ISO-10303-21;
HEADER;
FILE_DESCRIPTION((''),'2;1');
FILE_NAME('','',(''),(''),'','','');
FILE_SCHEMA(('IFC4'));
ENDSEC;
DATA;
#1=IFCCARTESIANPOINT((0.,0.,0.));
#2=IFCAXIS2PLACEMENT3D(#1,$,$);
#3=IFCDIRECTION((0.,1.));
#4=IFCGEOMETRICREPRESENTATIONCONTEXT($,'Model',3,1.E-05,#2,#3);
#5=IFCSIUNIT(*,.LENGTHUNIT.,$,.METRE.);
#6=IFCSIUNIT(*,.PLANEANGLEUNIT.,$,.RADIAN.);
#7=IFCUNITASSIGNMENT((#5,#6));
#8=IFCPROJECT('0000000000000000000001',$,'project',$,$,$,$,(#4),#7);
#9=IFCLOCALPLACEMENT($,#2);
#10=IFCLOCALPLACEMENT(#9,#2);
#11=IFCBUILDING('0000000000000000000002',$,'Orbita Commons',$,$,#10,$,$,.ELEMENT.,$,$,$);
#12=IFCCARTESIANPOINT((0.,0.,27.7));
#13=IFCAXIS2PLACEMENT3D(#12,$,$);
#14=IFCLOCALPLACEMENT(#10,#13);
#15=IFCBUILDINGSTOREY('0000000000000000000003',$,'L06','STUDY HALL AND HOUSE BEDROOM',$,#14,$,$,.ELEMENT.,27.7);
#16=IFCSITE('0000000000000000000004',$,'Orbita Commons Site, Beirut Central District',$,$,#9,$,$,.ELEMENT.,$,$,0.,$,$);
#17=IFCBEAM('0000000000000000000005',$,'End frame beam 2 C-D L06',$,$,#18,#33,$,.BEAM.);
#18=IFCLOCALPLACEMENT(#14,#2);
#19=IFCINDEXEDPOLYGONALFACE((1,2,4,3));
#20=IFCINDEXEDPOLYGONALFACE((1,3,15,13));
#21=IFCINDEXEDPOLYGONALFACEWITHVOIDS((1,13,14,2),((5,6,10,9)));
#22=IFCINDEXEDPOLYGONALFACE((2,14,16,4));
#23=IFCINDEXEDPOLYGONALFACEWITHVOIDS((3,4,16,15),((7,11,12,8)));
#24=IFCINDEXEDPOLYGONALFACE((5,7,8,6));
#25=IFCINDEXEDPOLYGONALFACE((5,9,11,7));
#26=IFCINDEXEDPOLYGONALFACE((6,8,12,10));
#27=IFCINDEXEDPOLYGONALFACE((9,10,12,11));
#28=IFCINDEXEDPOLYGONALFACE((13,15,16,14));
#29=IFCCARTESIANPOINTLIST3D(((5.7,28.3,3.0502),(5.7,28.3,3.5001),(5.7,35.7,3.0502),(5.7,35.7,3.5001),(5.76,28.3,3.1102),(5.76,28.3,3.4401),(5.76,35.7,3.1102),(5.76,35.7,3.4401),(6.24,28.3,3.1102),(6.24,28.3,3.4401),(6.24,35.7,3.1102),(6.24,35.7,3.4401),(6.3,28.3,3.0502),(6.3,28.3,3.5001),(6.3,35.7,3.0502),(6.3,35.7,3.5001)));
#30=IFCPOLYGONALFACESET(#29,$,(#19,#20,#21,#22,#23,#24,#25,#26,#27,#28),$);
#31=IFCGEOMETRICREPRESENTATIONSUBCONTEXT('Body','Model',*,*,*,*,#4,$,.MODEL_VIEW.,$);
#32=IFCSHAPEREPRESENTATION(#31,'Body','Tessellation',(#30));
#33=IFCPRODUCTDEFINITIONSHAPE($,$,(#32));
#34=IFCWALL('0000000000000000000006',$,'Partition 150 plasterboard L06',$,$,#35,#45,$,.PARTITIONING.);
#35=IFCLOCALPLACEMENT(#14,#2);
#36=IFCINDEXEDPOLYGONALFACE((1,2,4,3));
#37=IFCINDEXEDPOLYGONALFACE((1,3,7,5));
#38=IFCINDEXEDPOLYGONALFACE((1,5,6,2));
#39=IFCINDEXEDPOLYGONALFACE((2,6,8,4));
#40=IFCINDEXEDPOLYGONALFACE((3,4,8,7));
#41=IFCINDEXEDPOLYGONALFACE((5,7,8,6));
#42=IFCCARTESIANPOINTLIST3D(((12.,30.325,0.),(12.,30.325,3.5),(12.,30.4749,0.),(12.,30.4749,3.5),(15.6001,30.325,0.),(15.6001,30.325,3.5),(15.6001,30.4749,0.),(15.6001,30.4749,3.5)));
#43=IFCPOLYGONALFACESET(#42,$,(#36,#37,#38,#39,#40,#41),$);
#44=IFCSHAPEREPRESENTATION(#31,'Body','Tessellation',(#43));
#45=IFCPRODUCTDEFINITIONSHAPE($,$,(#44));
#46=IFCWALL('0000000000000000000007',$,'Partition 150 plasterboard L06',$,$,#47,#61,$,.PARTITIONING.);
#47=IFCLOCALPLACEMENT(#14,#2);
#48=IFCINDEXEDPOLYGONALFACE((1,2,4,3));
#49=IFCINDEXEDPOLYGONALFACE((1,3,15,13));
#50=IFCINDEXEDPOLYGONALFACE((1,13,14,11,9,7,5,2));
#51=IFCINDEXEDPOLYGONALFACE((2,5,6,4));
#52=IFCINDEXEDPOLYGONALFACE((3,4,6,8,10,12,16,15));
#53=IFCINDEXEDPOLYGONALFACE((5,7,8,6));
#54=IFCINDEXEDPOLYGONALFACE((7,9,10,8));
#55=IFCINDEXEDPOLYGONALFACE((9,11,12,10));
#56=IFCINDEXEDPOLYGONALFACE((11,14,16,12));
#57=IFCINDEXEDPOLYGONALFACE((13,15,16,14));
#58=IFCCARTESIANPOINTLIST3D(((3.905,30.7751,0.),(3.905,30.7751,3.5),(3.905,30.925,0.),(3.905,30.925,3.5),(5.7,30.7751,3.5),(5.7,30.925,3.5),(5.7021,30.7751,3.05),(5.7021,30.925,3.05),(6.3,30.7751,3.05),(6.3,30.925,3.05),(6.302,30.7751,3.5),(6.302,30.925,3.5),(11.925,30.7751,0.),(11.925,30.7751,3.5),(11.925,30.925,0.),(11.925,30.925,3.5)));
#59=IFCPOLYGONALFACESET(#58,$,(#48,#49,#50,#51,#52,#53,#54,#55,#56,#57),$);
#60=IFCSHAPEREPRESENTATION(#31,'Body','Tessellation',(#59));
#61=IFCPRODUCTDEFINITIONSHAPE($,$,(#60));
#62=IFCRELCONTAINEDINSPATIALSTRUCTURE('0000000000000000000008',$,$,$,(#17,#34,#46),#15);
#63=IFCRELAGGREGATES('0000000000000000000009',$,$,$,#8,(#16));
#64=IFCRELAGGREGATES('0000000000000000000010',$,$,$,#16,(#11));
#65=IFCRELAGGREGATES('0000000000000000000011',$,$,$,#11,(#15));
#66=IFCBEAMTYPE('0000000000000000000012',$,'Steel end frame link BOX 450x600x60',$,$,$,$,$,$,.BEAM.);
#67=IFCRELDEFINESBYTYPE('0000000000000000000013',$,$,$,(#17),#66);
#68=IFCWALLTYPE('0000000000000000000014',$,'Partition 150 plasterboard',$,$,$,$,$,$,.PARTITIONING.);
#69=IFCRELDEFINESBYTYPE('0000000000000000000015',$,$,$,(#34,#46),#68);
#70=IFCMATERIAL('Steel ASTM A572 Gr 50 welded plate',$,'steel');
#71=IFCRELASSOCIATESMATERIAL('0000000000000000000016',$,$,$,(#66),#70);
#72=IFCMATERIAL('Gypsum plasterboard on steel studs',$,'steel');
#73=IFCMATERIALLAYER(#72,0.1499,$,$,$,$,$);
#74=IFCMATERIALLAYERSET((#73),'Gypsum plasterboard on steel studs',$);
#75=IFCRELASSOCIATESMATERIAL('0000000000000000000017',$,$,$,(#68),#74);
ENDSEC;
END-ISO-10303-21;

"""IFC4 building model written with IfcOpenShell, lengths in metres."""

from ifc_helpers import new_model, si_unit, direction, frame, frame_2d, origin, origin_2d, place, context, subcontext, project, spatial, polyline, rectangle, hollow_rectangle, outline, extrude, material, layer, layer_set, material_profile, profile_set, type_object, element, save


model = new_model("IFC4")

# Units and contexts
model_context = context("Model", 3, precision=1e-05, world=origin(), true_north=direction((0.0, 1.0)))
body_context = subcontext(model_context, "Body", "Model", "MODEL_VIEW")
ifc_project = project(units=[si_unit("LENGTHUNIT", "METRE"), si_unit("PLANEANGLEUNIT", "RADIAN")], contexts=[model_context])

# Site, building, storey
site_placement = place(None, origin())
site = spatial("IfcSite", under=ifc_project, at=site_placement, Name="Orbita Commons Site, Beirut Central District", CompositionType="ELEMENT", RefElevation=0.0)
building_placement = place(site_placement, origin())
building = spatial("IfcBuilding", under=site, at=building_placement, Name="Orbita Commons", CompositionType="ELEMENT")
storey_placement = place(building_placement, frame((0.0, 0.0, 27.7)))
storey = spatial("IfcBuildingStorey", under=building, at=storey_placement, Name="L06", Description="STUDY HALL AND HOUSE BEDROOM", CompositionType="ELEMENT", Elevation=27.7)

# Beam
ifc_material_1 = material(Name="Steel ASTM A572 Gr 50 welded plate", Category="steel")
ifc_material_profile = material_profile(ifc_material_1, hollow_rectangle(XDim=0.6001, YDim=0.45, WallThickness=0.0601, at=origin_2d()), Name="BOX 450x600x60")
ifc_profile_set = profile_set([ifc_material_profile], Name="Steel ASTM A572 Gr 50 welded plate")
beam_type = type_object("IfcBeamType", Name="Steel end frame link BOX 450x600x60", PredefinedType="BEAM", material=ifc_profile_set)
beam_placement = place(storey_placement, frame((6.0, 28.3, 3.2751), z_axis=(0.0, 1.0, 0.0), x_axis=(-1.0, 0.0, 0.0)))
element("IfcBeam", 1, at=beam_placement, inside=storey, type_object=beam_type, Name="End frame beam 2 C-D L06", PredefinedType="BEAM", context=body_context, shape_type="SweptSolid", body=[
    extrude(hollow_rectangle(XDim=0.6001, YDim=0.45, WallThickness=0.0601, at=origin_2d()), origin(), (0.0, 0.0, 1.0), 7.3999),
])

# Walls
ifc_material_2 = material(Name="Gypsum plasterboard on steel studs", Category="steel")
ifc_layer_1 = layer(ifc_material_2, 0.1499)
ifc_layer_set_1 = layer_set([ifc_layer_1], Name="Gypsum plasterboard on steel studs")
wall_type_1 = type_object("IfcWallType", Name="Partition 150 plasterboard", PredefinedType="PARTITIONING", material=ifc_layer_set_1)
wall_1_placement = place(storey_placement, frame((12.0, 30.3999, 0.0), z_axis=(0.0, 0.0, 1.0), x_axis=(1.0, 0.0, 0.0)))
element("IfcWall", 2, at=wall_1_placement, inside=storey, type_object=wall_type_1, Name="Partition 150 plasterboard L06", PredefinedType="PARTITIONING", context=body_context, shape_type="SweptSolid", body=[
    extrude(rectangle(XDim=3.6001, YDim=0.1499, at=frame_2d((1.8, 0.0))), origin(), (0.0, 0.0, 1.0), 3.5),
])
wall_2_placement = place(storey_placement, frame((3.905, 30.8501, 0.0), z_axis=(0.0, 0.0, 1.0), x_axis=(1.0, 0.0, 0.0)))
element("IfcWall", 3, at=wall_2_placement, inside=storey, type_object=wall_type_1, Name="Partition 150 plasterboard L06", PredefinedType="PARTITIONING", context=body_context, shape_type="SweptSolid", body=[
    extrude(outline(polyline([(0.0, 0.0), (8.02, 0.0), (8.02, 3.5), (2.397, 3.5), (2.395, 3.05), (1.7971, 3.05), (1.7949, 3.5), (0.0, 3.5), (0.0, 0.0)])), frame((0.0, 0.075, 0.0), z_axis=(0.0, -1.0, 0.0), x_axis=(1.0, 0.0, 0.0)), (0.0, 0.0, 1.0), 0.1499),
])

save(model, "model.ifc")
